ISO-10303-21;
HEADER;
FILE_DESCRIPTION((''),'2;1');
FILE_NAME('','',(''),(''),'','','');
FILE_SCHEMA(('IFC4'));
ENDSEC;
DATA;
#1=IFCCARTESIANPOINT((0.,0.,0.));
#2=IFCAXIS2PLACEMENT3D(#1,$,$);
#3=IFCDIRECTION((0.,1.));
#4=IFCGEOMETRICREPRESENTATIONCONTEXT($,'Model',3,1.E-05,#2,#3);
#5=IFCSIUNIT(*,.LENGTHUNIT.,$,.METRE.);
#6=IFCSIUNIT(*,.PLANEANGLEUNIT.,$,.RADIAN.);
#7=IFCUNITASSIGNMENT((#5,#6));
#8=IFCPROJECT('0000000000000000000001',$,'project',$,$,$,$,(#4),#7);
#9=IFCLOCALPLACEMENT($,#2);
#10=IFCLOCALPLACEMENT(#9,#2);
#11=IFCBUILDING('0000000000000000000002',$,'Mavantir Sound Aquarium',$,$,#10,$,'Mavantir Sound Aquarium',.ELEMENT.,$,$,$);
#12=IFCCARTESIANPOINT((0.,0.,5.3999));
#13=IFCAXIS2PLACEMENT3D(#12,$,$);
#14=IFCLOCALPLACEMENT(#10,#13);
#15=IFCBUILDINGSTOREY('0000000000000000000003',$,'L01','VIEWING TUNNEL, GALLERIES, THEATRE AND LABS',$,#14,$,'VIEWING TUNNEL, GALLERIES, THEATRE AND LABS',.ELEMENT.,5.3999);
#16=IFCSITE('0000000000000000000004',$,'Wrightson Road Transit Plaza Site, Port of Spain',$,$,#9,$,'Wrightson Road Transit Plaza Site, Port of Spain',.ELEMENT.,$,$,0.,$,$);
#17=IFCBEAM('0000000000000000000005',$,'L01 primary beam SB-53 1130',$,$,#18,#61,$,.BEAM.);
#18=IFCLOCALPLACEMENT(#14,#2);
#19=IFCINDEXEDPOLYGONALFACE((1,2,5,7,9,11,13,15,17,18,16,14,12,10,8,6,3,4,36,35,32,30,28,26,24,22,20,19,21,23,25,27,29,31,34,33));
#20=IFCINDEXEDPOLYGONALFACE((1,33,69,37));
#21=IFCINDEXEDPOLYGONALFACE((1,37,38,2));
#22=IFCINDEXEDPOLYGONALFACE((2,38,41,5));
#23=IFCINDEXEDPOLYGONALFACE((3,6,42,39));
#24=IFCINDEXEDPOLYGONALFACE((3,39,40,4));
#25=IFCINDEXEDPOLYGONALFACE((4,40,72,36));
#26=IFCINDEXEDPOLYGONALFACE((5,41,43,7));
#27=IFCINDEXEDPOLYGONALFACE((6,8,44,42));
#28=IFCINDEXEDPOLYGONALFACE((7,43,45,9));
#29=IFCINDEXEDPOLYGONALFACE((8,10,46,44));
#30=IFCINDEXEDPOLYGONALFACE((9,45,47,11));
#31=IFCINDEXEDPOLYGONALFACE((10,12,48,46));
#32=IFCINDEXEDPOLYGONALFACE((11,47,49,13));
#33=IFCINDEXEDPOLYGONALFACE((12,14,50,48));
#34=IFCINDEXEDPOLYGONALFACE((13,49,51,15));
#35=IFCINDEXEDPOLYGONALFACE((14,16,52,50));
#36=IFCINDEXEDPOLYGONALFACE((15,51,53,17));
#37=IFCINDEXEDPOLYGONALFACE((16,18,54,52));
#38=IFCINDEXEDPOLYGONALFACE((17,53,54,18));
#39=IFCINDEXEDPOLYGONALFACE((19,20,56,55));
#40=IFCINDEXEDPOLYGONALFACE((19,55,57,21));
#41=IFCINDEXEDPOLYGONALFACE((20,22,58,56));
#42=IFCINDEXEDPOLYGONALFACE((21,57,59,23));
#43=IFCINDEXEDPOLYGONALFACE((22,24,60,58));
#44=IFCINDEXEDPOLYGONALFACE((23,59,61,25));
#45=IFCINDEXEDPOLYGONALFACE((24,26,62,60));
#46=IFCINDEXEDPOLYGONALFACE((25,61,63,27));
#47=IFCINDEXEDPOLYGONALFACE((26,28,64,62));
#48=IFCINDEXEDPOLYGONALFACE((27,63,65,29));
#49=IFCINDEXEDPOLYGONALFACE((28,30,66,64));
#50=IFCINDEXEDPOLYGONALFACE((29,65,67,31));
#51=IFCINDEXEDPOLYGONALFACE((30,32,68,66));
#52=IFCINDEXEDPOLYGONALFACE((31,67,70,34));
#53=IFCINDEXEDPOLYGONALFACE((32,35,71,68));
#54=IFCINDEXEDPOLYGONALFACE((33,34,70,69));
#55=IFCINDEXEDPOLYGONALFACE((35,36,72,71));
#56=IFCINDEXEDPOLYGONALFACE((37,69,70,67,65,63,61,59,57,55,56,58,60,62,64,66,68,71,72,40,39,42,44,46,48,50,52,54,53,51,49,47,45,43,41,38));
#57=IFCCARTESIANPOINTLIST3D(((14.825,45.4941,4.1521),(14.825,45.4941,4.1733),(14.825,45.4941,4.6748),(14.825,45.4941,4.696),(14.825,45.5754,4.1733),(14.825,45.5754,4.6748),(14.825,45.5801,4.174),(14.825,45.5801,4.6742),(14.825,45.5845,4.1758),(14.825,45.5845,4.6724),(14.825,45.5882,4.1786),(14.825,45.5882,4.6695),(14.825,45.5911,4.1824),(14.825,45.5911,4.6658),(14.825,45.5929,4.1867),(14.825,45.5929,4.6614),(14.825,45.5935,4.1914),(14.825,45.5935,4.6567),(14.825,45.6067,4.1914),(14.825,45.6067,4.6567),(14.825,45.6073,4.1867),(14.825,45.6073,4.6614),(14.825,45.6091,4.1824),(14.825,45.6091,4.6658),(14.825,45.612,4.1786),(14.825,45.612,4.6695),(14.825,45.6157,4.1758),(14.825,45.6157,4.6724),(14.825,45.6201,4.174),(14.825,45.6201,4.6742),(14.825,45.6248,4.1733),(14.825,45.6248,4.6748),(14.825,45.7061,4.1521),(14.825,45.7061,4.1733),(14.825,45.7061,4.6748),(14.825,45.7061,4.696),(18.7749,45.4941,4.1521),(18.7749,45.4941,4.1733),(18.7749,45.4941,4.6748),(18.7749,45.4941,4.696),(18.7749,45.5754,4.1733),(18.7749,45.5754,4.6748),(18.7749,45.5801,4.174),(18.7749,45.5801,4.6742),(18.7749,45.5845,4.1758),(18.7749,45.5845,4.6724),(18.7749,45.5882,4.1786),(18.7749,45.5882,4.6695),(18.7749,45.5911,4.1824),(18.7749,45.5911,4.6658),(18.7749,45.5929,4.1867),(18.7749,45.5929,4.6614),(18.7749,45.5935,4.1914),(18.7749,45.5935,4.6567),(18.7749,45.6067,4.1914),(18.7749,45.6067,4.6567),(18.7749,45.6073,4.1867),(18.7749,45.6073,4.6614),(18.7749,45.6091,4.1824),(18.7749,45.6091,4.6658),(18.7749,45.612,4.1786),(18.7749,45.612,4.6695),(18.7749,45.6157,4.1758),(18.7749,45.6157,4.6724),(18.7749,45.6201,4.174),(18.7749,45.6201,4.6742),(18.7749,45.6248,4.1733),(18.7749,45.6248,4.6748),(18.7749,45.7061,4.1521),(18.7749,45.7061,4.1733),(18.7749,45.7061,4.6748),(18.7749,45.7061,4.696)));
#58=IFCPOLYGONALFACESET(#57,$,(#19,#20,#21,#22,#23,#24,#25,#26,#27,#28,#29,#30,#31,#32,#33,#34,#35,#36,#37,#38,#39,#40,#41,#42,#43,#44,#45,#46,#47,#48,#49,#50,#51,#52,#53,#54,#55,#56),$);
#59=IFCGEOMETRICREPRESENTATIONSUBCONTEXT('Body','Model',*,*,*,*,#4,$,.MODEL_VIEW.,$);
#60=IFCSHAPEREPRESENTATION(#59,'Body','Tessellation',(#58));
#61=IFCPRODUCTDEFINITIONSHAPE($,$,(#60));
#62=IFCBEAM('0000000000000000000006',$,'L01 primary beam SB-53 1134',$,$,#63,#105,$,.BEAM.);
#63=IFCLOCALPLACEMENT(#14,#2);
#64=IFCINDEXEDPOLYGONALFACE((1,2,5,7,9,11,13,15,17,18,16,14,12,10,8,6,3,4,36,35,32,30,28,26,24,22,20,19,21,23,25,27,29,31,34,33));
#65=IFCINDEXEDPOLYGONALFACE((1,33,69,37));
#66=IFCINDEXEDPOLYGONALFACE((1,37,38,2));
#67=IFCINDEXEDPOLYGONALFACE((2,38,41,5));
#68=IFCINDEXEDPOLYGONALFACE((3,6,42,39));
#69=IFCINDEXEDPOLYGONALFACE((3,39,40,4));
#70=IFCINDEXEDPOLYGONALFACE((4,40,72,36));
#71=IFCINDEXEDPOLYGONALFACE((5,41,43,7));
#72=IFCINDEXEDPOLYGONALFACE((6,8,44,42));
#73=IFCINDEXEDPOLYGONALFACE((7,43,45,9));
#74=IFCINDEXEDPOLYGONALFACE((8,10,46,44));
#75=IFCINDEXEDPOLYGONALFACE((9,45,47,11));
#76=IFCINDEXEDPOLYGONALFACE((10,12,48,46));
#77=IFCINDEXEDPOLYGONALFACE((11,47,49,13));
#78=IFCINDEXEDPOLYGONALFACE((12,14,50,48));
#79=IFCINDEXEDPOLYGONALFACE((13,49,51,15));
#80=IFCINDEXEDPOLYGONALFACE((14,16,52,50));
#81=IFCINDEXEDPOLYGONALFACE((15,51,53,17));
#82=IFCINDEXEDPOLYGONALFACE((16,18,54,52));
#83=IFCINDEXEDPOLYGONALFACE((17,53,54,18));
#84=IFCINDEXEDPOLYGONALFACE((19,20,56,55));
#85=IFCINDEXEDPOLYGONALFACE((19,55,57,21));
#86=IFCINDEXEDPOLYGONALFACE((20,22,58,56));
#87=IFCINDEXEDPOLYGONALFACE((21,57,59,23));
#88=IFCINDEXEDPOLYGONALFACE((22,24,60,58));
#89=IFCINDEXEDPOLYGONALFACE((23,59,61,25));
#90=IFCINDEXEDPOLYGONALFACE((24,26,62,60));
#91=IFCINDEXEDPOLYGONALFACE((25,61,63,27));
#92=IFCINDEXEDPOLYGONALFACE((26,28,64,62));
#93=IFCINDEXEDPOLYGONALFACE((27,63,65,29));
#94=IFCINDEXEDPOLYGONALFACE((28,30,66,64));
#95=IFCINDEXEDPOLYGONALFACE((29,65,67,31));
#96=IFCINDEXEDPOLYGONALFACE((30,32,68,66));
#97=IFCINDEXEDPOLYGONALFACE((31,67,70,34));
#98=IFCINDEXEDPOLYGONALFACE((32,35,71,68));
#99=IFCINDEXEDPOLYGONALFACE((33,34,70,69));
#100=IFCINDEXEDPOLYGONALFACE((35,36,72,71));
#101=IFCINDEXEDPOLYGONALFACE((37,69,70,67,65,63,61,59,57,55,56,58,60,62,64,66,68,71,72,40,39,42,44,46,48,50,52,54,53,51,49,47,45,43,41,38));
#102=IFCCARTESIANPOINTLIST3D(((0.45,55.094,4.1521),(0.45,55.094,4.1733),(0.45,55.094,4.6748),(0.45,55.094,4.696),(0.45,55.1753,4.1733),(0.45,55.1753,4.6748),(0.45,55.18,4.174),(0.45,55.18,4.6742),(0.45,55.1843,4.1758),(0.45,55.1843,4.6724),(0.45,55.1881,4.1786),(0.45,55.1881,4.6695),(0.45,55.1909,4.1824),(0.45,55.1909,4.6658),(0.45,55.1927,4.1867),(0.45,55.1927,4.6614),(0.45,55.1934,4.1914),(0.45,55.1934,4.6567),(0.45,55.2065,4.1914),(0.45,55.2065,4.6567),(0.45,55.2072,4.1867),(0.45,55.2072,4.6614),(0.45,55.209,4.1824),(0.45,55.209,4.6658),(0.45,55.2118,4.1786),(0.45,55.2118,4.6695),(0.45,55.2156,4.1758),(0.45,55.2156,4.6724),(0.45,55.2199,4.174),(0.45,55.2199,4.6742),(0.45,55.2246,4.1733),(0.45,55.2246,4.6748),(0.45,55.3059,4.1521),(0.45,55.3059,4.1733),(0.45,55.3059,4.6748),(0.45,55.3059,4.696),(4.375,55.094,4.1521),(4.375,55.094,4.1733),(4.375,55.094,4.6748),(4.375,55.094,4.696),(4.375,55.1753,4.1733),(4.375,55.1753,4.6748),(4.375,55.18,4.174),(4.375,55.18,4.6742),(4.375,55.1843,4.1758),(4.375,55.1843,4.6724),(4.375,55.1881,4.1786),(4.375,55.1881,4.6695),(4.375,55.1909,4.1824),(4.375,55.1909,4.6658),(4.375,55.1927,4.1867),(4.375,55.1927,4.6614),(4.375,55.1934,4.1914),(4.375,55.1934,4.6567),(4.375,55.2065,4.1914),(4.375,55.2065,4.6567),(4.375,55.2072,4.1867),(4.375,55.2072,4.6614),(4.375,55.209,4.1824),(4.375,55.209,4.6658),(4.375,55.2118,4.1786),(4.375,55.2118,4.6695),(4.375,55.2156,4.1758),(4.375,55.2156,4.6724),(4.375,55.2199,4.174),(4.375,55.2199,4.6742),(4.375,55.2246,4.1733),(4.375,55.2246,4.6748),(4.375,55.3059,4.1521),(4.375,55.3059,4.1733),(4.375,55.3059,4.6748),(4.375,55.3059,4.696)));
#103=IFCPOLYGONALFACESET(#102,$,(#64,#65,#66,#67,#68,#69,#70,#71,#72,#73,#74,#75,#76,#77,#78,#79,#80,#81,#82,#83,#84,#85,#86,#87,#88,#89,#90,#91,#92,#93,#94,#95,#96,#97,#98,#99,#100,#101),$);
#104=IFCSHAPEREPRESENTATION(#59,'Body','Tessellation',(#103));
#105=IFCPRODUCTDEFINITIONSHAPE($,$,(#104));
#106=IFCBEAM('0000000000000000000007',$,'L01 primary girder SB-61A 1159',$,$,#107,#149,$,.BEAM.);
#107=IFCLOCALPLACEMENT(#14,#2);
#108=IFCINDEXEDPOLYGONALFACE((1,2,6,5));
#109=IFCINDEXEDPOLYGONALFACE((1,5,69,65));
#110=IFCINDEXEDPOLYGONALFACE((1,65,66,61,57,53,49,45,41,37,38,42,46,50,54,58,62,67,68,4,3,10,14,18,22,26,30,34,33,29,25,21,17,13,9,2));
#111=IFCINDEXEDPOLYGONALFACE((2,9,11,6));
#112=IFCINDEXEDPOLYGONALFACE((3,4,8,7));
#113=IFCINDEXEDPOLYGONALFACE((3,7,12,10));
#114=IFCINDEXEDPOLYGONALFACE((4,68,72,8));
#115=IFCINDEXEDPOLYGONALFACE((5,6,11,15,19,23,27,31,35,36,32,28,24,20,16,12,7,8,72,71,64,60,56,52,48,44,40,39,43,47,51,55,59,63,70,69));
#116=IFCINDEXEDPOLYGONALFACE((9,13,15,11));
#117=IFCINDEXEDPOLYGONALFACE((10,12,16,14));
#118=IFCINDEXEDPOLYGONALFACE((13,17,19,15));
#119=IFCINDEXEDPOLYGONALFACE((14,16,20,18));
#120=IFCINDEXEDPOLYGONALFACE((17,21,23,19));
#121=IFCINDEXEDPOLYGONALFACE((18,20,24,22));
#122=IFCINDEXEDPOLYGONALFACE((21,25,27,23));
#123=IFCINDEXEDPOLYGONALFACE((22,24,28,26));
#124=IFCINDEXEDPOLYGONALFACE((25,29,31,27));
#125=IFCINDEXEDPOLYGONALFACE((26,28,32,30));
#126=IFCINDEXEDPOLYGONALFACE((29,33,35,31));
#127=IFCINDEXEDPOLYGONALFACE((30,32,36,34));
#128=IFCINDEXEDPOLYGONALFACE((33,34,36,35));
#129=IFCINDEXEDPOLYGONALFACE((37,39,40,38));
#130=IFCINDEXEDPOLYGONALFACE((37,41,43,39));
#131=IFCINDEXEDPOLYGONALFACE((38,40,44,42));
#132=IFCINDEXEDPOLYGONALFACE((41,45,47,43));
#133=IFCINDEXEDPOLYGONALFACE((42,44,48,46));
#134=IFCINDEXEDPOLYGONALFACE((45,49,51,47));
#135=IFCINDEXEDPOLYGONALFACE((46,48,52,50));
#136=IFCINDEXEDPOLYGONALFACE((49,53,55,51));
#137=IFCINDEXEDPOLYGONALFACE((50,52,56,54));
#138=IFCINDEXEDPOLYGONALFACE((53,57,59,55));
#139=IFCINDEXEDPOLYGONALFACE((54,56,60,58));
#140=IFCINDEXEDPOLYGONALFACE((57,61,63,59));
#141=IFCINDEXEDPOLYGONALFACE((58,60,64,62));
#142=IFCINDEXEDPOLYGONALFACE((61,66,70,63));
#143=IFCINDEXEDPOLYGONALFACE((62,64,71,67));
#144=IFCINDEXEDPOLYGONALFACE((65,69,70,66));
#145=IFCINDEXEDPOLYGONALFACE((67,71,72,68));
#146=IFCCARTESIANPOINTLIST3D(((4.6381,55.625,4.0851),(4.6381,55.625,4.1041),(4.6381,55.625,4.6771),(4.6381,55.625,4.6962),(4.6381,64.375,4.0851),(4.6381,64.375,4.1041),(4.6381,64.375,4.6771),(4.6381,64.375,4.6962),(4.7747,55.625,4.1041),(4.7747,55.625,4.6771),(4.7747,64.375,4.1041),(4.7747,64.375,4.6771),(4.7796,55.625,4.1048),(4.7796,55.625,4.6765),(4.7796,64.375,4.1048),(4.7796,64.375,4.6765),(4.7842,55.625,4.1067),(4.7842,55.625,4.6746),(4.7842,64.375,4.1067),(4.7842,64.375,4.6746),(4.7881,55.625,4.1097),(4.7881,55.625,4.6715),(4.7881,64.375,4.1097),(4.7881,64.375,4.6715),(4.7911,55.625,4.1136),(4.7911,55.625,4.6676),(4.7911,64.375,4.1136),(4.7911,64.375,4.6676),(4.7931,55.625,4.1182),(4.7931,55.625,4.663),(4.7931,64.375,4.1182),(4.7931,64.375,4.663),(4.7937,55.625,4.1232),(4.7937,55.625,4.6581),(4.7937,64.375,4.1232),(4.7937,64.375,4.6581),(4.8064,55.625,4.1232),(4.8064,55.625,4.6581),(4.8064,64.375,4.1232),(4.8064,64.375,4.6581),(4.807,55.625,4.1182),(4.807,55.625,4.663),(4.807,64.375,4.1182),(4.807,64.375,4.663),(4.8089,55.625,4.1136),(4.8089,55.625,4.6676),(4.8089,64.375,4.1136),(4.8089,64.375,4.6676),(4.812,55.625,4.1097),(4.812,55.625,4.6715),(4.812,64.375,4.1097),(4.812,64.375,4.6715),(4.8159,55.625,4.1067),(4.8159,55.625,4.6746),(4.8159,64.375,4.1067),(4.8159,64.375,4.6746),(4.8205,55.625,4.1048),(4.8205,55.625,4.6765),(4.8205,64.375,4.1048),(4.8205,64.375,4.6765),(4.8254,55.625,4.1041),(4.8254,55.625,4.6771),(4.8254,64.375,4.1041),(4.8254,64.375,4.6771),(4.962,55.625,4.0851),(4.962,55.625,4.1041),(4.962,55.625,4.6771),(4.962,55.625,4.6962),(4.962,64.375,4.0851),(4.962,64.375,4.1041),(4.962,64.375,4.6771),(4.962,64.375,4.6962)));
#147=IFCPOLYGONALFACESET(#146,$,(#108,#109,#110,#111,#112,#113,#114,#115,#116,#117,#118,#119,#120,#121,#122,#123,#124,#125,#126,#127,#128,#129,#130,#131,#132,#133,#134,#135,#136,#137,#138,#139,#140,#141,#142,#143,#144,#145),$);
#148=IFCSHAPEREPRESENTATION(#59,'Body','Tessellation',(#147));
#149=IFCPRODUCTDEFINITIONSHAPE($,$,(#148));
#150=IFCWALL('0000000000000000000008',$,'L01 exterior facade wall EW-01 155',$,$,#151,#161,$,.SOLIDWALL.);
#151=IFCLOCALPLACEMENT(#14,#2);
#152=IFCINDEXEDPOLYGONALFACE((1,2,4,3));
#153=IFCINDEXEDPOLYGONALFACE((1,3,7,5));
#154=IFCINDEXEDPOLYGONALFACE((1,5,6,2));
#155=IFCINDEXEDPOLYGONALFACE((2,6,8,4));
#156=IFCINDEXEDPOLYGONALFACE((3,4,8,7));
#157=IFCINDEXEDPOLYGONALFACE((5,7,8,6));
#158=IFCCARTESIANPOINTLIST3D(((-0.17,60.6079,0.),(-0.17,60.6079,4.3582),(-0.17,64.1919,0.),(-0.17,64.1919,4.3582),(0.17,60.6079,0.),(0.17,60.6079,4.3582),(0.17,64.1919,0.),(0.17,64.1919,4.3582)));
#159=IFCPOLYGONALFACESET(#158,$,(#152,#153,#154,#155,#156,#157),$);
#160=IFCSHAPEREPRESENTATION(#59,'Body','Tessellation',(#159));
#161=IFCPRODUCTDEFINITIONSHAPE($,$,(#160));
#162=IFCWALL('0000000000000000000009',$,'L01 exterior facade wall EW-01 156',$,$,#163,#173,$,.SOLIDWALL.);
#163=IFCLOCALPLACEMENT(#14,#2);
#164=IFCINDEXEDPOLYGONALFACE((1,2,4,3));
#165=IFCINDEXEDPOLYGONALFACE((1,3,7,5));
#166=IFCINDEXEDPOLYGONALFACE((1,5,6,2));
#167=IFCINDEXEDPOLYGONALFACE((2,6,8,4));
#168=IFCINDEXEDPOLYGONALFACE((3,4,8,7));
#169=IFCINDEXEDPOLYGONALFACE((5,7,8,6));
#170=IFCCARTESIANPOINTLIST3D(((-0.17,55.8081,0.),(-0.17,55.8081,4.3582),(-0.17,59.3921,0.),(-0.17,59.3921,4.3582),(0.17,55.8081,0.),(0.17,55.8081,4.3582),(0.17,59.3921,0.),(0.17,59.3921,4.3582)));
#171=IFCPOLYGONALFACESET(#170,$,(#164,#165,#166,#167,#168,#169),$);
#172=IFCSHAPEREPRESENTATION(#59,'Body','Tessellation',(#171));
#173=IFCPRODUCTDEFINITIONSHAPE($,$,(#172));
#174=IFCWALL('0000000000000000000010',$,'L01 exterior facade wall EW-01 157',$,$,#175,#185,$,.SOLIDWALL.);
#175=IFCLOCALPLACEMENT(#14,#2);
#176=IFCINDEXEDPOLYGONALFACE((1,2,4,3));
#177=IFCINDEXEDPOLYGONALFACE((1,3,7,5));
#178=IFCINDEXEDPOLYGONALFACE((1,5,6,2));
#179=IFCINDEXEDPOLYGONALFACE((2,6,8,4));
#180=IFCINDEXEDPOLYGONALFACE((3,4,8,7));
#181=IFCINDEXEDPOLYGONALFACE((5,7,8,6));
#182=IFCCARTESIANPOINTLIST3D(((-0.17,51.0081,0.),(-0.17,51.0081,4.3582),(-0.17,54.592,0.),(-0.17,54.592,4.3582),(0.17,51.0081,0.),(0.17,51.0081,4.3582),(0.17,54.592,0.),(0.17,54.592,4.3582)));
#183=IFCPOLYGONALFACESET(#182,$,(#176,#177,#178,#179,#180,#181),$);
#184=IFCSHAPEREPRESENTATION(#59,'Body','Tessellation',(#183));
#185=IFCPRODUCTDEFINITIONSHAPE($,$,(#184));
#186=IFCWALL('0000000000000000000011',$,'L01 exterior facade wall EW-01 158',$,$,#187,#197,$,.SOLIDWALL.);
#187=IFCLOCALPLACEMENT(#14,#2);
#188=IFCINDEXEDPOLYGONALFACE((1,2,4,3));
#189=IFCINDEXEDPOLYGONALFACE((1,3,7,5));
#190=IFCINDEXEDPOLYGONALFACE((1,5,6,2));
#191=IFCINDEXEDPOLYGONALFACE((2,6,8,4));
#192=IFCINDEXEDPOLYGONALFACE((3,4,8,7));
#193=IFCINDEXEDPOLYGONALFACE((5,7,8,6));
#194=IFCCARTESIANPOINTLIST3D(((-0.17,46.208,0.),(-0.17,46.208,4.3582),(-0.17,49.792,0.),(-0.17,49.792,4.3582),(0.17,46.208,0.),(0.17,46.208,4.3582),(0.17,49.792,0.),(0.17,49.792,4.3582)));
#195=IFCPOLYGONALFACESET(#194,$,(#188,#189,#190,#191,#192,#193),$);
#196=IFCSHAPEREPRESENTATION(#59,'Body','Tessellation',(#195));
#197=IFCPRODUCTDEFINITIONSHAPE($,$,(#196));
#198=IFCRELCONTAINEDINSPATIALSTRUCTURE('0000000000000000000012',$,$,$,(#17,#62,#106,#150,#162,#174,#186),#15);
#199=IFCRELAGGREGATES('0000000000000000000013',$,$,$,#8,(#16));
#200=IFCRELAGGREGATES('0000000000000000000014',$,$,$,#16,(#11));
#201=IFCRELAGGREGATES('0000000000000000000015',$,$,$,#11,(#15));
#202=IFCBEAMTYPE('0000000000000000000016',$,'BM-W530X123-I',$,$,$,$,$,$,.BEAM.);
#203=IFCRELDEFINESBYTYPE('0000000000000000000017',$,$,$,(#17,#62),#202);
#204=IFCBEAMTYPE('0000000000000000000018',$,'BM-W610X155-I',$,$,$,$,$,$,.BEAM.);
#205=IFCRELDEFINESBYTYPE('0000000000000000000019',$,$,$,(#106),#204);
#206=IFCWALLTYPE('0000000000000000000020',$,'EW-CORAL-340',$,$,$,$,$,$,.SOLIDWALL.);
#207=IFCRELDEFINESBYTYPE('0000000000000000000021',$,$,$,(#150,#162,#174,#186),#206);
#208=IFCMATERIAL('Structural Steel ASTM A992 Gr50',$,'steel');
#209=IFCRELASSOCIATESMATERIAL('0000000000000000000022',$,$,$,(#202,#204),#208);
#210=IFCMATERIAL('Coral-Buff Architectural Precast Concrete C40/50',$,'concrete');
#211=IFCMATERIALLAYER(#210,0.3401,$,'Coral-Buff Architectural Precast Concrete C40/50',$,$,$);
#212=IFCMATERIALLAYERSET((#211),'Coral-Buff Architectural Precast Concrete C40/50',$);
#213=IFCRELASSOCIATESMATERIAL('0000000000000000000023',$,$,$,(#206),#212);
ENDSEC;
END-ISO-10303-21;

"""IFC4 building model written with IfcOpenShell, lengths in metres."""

from ifc_helpers import new_model, si_unit, direction, frame, frame_2d, origin, origin_2d, place, context, subcontext, project, spatial, rectangle, i_section, extrude, material, layer, layer_set, material_profile, profile_set, type_object, element, save


model = new_model("IFC4")

# Units and contexts
model_context = context("Model", 3, precision=1e-05, world=origin(), true_north=direction((0.0, 1.0)))
body_context = subcontext(model_context, "Body", "Model", "MODEL_VIEW")
ifc_project = project(units=[si_unit("LENGTHUNIT", "METRE"), si_unit("PLANEANGLEUNIT", "RADIAN")], contexts=[model_context])

# Site, building, storey
site_placement = place(None, origin())
site = spatial("IfcSite", under=ifc_project, at=site_placement, Name="Wrightson Road Transit Plaza Site, Port of Spain", LongName="Wrightson Road Transit Plaza Site, Port of Spain", CompositionType="ELEMENT", RefElevation=0.0)
building_placement = place(site_placement, origin())
building = spatial("IfcBuilding", under=site, at=building_placement, Name="Mavantir Sound Aquarium", LongName="Mavantir Sound Aquarium", CompositionType="ELEMENT")
storey_placement = place(building_placement, frame((0.0, 0.0, 5.3999)))
storey = spatial("IfcBuildingStorey", under=building, at=storey_placement, Name="L01", Description="VIEWING TUNNEL, GALLERIES, THEATRE AND LABS", LongName="VIEWING TUNNEL, GALLERIES, THEATRE AND LABS", CompositionType="ELEMENT", Elevation=5.3999)

# Beams
ifc_material_1 = material(Name="Structural Steel ASTM A992 Gr50", Category="steel")
ifc_material_profile_1 = material_profile(ifc_material_1, i_section(OverallWidth=0.2119, OverallDepth=0.5439, WebThickness=0.0132, FlangeThickness=0.0212, FilletRadius=0.0181, at=origin_2d()), Name="W530X123")
ifc_profile_set_1 = profile_set([ifc_material_profile_1], Name="Structural Steel ASTM A992 Gr50")
beam_type_1 = type_object("IfcBeamType", Name="BM-W530X123-I", PredefinedType="BEAM", material=ifc_profile_set_1)
beam_1_placement = place(storey_placement, frame((14.825, 45.6001, 4.4241), z_axis=(1.0, 0.0, 0.0), x_axis=(0.0, 1.0, 0.0)))
element("IfcBeam", 1, at=beam_1_placement, inside=storey, type_object=beam_type_1, Name="L01 primary beam SB-53 1130", PredefinedType="BEAM", context=body_context, shape_type="SweptSolid", body=[
    extrude(i_section(OverallWidth=0.2119, OverallDepth=0.5439, WebThickness=0.0132, FlangeThickness=0.0212, FilletRadius=0.0181, at=origin_2d()), origin(), (0.0, 0.0, 1.0), 3.95),
])
beam_2_placement = place(storey_placement, frame((0.45, 55.2, 4.4241), z_axis=(1.0, 0.0, 0.0), x_axis=(0.0, 1.0, 0.0)))
element("IfcBeam", 2, at=beam_2_placement, inside=storey, type_object=beam_type_1, Name="L01 primary beam SB-53 1134", PredefinedType="BEAM", context=body_context, shape_type="SweptSolid", body=[
    extrude(i_section(OverallWidth=0.2119, OverallDepth=0.5439, WebThickness=0.0132, FlangeThickness=0.0212, FilletRadius=0.0181, at=origin_2d()), origin(), (0.0, 0.0, 1.0), 3.925),
])
ifc_material_profile_2 = material_profile(ifc_material_1, i_section(OverallWidth=0.324, OverallDepth=0.6111, WebThickness=0.0127, FlangeThickness=0.019, FilletRadius=0.019, at=origin_2d()), Name="W610X155")
ifc_profile_set_2 = profile_set([ifc_material_profile_2], Name="Structural Steel ASTM A992 Gr50")
beam_type_2 = type_object("IfcBeamType", Name="BM-W610X155-I", PredefinedType="BEAM", material=ifc_profile_set_2)
beam_3_placement = place(storey_placement, frame((4.8, 55.625, 4.3906), z_axis=(0.0, 1.0, 0.0), x_axis=(-1.0, 0.0, 0.0)))
element("IfcBeam", 3, at=beam_3_placement, inside=storey, type_object=beam_type_2, Name="L01 primary girder SB-61A 1159", PredefinedType="BEAM", context=body_context, shape_type="SweptSolid", body=[
    extrude(i_section(OverallWidth=0.324, OverallDepth=0.6111, WebThickness=0.0127, FlangeThickness=0.019, FilletRadius=0.019, at=origin_2d()), origin(), (0.0, 0.0, 1.0), 8.75),
])

# Walls
ifc_material_2 = material(Name="Coral-Buff Architectural Precast Concrete C40/50", Category="concrete")
ifc_layer_1 = layer(ifc_material_2, 0.3401, Name="Coral-Buff Architectural Precast Concrete C40/50")
ifc_layer_set_1 = layer_set([ifc_layer_1], Name="Coral-Buff Architectural Precast Concrete C40/50")
wall_type_1 = type_object("IfcWallType", Name="EW-CORAL-340", PredefinedType="SOLIDWALL", material=ifc_layer_set_1)
for number, where, z_axis, x_axis, name in (
    (4, (0.0, 64.1919, 0.0), (0.0, 0.0, 1.0), (0.0, -1.0, 0.0), "L01 exterior facade wall EW-01 155"),
    (5, (0.0, 59.3921, 0.0), (0.0, 0.0, 1.0), (0.0, -1.0, 0.0), "L01 exterior facade wall EW-01 156"),
    (6, (0.0, 54.592, 0.0), (0.0, 0.0, 1.0), (0.0, -1.0, 0.0), "L01 exterior facade wall EW-01 157"),
    (7, (0.0, 49.792, 0.0), (0.0, 0.0, 1.0), (0.0, -1.0, 0.0), "L01 exterior facade wall EW-01 158"),
):
    element("IfcWall", number, at=place(storey_placement, frame(where, z_axis=z_axis, x_axis=x_axis)), inside=storey, type_object=wall_type_1, Name=name, PredefinedType="SOLIDWALL", context=body_context, shape_type="SweptSolid", body=[
        extrude(rectangle(XDim=3.584, YDim=0.3401, at=frame_2d((1.792, 0.0))), origin(), (0.0, 0.0, 1.0), 4.3582),
    ])

save(model, "model.ifc")
